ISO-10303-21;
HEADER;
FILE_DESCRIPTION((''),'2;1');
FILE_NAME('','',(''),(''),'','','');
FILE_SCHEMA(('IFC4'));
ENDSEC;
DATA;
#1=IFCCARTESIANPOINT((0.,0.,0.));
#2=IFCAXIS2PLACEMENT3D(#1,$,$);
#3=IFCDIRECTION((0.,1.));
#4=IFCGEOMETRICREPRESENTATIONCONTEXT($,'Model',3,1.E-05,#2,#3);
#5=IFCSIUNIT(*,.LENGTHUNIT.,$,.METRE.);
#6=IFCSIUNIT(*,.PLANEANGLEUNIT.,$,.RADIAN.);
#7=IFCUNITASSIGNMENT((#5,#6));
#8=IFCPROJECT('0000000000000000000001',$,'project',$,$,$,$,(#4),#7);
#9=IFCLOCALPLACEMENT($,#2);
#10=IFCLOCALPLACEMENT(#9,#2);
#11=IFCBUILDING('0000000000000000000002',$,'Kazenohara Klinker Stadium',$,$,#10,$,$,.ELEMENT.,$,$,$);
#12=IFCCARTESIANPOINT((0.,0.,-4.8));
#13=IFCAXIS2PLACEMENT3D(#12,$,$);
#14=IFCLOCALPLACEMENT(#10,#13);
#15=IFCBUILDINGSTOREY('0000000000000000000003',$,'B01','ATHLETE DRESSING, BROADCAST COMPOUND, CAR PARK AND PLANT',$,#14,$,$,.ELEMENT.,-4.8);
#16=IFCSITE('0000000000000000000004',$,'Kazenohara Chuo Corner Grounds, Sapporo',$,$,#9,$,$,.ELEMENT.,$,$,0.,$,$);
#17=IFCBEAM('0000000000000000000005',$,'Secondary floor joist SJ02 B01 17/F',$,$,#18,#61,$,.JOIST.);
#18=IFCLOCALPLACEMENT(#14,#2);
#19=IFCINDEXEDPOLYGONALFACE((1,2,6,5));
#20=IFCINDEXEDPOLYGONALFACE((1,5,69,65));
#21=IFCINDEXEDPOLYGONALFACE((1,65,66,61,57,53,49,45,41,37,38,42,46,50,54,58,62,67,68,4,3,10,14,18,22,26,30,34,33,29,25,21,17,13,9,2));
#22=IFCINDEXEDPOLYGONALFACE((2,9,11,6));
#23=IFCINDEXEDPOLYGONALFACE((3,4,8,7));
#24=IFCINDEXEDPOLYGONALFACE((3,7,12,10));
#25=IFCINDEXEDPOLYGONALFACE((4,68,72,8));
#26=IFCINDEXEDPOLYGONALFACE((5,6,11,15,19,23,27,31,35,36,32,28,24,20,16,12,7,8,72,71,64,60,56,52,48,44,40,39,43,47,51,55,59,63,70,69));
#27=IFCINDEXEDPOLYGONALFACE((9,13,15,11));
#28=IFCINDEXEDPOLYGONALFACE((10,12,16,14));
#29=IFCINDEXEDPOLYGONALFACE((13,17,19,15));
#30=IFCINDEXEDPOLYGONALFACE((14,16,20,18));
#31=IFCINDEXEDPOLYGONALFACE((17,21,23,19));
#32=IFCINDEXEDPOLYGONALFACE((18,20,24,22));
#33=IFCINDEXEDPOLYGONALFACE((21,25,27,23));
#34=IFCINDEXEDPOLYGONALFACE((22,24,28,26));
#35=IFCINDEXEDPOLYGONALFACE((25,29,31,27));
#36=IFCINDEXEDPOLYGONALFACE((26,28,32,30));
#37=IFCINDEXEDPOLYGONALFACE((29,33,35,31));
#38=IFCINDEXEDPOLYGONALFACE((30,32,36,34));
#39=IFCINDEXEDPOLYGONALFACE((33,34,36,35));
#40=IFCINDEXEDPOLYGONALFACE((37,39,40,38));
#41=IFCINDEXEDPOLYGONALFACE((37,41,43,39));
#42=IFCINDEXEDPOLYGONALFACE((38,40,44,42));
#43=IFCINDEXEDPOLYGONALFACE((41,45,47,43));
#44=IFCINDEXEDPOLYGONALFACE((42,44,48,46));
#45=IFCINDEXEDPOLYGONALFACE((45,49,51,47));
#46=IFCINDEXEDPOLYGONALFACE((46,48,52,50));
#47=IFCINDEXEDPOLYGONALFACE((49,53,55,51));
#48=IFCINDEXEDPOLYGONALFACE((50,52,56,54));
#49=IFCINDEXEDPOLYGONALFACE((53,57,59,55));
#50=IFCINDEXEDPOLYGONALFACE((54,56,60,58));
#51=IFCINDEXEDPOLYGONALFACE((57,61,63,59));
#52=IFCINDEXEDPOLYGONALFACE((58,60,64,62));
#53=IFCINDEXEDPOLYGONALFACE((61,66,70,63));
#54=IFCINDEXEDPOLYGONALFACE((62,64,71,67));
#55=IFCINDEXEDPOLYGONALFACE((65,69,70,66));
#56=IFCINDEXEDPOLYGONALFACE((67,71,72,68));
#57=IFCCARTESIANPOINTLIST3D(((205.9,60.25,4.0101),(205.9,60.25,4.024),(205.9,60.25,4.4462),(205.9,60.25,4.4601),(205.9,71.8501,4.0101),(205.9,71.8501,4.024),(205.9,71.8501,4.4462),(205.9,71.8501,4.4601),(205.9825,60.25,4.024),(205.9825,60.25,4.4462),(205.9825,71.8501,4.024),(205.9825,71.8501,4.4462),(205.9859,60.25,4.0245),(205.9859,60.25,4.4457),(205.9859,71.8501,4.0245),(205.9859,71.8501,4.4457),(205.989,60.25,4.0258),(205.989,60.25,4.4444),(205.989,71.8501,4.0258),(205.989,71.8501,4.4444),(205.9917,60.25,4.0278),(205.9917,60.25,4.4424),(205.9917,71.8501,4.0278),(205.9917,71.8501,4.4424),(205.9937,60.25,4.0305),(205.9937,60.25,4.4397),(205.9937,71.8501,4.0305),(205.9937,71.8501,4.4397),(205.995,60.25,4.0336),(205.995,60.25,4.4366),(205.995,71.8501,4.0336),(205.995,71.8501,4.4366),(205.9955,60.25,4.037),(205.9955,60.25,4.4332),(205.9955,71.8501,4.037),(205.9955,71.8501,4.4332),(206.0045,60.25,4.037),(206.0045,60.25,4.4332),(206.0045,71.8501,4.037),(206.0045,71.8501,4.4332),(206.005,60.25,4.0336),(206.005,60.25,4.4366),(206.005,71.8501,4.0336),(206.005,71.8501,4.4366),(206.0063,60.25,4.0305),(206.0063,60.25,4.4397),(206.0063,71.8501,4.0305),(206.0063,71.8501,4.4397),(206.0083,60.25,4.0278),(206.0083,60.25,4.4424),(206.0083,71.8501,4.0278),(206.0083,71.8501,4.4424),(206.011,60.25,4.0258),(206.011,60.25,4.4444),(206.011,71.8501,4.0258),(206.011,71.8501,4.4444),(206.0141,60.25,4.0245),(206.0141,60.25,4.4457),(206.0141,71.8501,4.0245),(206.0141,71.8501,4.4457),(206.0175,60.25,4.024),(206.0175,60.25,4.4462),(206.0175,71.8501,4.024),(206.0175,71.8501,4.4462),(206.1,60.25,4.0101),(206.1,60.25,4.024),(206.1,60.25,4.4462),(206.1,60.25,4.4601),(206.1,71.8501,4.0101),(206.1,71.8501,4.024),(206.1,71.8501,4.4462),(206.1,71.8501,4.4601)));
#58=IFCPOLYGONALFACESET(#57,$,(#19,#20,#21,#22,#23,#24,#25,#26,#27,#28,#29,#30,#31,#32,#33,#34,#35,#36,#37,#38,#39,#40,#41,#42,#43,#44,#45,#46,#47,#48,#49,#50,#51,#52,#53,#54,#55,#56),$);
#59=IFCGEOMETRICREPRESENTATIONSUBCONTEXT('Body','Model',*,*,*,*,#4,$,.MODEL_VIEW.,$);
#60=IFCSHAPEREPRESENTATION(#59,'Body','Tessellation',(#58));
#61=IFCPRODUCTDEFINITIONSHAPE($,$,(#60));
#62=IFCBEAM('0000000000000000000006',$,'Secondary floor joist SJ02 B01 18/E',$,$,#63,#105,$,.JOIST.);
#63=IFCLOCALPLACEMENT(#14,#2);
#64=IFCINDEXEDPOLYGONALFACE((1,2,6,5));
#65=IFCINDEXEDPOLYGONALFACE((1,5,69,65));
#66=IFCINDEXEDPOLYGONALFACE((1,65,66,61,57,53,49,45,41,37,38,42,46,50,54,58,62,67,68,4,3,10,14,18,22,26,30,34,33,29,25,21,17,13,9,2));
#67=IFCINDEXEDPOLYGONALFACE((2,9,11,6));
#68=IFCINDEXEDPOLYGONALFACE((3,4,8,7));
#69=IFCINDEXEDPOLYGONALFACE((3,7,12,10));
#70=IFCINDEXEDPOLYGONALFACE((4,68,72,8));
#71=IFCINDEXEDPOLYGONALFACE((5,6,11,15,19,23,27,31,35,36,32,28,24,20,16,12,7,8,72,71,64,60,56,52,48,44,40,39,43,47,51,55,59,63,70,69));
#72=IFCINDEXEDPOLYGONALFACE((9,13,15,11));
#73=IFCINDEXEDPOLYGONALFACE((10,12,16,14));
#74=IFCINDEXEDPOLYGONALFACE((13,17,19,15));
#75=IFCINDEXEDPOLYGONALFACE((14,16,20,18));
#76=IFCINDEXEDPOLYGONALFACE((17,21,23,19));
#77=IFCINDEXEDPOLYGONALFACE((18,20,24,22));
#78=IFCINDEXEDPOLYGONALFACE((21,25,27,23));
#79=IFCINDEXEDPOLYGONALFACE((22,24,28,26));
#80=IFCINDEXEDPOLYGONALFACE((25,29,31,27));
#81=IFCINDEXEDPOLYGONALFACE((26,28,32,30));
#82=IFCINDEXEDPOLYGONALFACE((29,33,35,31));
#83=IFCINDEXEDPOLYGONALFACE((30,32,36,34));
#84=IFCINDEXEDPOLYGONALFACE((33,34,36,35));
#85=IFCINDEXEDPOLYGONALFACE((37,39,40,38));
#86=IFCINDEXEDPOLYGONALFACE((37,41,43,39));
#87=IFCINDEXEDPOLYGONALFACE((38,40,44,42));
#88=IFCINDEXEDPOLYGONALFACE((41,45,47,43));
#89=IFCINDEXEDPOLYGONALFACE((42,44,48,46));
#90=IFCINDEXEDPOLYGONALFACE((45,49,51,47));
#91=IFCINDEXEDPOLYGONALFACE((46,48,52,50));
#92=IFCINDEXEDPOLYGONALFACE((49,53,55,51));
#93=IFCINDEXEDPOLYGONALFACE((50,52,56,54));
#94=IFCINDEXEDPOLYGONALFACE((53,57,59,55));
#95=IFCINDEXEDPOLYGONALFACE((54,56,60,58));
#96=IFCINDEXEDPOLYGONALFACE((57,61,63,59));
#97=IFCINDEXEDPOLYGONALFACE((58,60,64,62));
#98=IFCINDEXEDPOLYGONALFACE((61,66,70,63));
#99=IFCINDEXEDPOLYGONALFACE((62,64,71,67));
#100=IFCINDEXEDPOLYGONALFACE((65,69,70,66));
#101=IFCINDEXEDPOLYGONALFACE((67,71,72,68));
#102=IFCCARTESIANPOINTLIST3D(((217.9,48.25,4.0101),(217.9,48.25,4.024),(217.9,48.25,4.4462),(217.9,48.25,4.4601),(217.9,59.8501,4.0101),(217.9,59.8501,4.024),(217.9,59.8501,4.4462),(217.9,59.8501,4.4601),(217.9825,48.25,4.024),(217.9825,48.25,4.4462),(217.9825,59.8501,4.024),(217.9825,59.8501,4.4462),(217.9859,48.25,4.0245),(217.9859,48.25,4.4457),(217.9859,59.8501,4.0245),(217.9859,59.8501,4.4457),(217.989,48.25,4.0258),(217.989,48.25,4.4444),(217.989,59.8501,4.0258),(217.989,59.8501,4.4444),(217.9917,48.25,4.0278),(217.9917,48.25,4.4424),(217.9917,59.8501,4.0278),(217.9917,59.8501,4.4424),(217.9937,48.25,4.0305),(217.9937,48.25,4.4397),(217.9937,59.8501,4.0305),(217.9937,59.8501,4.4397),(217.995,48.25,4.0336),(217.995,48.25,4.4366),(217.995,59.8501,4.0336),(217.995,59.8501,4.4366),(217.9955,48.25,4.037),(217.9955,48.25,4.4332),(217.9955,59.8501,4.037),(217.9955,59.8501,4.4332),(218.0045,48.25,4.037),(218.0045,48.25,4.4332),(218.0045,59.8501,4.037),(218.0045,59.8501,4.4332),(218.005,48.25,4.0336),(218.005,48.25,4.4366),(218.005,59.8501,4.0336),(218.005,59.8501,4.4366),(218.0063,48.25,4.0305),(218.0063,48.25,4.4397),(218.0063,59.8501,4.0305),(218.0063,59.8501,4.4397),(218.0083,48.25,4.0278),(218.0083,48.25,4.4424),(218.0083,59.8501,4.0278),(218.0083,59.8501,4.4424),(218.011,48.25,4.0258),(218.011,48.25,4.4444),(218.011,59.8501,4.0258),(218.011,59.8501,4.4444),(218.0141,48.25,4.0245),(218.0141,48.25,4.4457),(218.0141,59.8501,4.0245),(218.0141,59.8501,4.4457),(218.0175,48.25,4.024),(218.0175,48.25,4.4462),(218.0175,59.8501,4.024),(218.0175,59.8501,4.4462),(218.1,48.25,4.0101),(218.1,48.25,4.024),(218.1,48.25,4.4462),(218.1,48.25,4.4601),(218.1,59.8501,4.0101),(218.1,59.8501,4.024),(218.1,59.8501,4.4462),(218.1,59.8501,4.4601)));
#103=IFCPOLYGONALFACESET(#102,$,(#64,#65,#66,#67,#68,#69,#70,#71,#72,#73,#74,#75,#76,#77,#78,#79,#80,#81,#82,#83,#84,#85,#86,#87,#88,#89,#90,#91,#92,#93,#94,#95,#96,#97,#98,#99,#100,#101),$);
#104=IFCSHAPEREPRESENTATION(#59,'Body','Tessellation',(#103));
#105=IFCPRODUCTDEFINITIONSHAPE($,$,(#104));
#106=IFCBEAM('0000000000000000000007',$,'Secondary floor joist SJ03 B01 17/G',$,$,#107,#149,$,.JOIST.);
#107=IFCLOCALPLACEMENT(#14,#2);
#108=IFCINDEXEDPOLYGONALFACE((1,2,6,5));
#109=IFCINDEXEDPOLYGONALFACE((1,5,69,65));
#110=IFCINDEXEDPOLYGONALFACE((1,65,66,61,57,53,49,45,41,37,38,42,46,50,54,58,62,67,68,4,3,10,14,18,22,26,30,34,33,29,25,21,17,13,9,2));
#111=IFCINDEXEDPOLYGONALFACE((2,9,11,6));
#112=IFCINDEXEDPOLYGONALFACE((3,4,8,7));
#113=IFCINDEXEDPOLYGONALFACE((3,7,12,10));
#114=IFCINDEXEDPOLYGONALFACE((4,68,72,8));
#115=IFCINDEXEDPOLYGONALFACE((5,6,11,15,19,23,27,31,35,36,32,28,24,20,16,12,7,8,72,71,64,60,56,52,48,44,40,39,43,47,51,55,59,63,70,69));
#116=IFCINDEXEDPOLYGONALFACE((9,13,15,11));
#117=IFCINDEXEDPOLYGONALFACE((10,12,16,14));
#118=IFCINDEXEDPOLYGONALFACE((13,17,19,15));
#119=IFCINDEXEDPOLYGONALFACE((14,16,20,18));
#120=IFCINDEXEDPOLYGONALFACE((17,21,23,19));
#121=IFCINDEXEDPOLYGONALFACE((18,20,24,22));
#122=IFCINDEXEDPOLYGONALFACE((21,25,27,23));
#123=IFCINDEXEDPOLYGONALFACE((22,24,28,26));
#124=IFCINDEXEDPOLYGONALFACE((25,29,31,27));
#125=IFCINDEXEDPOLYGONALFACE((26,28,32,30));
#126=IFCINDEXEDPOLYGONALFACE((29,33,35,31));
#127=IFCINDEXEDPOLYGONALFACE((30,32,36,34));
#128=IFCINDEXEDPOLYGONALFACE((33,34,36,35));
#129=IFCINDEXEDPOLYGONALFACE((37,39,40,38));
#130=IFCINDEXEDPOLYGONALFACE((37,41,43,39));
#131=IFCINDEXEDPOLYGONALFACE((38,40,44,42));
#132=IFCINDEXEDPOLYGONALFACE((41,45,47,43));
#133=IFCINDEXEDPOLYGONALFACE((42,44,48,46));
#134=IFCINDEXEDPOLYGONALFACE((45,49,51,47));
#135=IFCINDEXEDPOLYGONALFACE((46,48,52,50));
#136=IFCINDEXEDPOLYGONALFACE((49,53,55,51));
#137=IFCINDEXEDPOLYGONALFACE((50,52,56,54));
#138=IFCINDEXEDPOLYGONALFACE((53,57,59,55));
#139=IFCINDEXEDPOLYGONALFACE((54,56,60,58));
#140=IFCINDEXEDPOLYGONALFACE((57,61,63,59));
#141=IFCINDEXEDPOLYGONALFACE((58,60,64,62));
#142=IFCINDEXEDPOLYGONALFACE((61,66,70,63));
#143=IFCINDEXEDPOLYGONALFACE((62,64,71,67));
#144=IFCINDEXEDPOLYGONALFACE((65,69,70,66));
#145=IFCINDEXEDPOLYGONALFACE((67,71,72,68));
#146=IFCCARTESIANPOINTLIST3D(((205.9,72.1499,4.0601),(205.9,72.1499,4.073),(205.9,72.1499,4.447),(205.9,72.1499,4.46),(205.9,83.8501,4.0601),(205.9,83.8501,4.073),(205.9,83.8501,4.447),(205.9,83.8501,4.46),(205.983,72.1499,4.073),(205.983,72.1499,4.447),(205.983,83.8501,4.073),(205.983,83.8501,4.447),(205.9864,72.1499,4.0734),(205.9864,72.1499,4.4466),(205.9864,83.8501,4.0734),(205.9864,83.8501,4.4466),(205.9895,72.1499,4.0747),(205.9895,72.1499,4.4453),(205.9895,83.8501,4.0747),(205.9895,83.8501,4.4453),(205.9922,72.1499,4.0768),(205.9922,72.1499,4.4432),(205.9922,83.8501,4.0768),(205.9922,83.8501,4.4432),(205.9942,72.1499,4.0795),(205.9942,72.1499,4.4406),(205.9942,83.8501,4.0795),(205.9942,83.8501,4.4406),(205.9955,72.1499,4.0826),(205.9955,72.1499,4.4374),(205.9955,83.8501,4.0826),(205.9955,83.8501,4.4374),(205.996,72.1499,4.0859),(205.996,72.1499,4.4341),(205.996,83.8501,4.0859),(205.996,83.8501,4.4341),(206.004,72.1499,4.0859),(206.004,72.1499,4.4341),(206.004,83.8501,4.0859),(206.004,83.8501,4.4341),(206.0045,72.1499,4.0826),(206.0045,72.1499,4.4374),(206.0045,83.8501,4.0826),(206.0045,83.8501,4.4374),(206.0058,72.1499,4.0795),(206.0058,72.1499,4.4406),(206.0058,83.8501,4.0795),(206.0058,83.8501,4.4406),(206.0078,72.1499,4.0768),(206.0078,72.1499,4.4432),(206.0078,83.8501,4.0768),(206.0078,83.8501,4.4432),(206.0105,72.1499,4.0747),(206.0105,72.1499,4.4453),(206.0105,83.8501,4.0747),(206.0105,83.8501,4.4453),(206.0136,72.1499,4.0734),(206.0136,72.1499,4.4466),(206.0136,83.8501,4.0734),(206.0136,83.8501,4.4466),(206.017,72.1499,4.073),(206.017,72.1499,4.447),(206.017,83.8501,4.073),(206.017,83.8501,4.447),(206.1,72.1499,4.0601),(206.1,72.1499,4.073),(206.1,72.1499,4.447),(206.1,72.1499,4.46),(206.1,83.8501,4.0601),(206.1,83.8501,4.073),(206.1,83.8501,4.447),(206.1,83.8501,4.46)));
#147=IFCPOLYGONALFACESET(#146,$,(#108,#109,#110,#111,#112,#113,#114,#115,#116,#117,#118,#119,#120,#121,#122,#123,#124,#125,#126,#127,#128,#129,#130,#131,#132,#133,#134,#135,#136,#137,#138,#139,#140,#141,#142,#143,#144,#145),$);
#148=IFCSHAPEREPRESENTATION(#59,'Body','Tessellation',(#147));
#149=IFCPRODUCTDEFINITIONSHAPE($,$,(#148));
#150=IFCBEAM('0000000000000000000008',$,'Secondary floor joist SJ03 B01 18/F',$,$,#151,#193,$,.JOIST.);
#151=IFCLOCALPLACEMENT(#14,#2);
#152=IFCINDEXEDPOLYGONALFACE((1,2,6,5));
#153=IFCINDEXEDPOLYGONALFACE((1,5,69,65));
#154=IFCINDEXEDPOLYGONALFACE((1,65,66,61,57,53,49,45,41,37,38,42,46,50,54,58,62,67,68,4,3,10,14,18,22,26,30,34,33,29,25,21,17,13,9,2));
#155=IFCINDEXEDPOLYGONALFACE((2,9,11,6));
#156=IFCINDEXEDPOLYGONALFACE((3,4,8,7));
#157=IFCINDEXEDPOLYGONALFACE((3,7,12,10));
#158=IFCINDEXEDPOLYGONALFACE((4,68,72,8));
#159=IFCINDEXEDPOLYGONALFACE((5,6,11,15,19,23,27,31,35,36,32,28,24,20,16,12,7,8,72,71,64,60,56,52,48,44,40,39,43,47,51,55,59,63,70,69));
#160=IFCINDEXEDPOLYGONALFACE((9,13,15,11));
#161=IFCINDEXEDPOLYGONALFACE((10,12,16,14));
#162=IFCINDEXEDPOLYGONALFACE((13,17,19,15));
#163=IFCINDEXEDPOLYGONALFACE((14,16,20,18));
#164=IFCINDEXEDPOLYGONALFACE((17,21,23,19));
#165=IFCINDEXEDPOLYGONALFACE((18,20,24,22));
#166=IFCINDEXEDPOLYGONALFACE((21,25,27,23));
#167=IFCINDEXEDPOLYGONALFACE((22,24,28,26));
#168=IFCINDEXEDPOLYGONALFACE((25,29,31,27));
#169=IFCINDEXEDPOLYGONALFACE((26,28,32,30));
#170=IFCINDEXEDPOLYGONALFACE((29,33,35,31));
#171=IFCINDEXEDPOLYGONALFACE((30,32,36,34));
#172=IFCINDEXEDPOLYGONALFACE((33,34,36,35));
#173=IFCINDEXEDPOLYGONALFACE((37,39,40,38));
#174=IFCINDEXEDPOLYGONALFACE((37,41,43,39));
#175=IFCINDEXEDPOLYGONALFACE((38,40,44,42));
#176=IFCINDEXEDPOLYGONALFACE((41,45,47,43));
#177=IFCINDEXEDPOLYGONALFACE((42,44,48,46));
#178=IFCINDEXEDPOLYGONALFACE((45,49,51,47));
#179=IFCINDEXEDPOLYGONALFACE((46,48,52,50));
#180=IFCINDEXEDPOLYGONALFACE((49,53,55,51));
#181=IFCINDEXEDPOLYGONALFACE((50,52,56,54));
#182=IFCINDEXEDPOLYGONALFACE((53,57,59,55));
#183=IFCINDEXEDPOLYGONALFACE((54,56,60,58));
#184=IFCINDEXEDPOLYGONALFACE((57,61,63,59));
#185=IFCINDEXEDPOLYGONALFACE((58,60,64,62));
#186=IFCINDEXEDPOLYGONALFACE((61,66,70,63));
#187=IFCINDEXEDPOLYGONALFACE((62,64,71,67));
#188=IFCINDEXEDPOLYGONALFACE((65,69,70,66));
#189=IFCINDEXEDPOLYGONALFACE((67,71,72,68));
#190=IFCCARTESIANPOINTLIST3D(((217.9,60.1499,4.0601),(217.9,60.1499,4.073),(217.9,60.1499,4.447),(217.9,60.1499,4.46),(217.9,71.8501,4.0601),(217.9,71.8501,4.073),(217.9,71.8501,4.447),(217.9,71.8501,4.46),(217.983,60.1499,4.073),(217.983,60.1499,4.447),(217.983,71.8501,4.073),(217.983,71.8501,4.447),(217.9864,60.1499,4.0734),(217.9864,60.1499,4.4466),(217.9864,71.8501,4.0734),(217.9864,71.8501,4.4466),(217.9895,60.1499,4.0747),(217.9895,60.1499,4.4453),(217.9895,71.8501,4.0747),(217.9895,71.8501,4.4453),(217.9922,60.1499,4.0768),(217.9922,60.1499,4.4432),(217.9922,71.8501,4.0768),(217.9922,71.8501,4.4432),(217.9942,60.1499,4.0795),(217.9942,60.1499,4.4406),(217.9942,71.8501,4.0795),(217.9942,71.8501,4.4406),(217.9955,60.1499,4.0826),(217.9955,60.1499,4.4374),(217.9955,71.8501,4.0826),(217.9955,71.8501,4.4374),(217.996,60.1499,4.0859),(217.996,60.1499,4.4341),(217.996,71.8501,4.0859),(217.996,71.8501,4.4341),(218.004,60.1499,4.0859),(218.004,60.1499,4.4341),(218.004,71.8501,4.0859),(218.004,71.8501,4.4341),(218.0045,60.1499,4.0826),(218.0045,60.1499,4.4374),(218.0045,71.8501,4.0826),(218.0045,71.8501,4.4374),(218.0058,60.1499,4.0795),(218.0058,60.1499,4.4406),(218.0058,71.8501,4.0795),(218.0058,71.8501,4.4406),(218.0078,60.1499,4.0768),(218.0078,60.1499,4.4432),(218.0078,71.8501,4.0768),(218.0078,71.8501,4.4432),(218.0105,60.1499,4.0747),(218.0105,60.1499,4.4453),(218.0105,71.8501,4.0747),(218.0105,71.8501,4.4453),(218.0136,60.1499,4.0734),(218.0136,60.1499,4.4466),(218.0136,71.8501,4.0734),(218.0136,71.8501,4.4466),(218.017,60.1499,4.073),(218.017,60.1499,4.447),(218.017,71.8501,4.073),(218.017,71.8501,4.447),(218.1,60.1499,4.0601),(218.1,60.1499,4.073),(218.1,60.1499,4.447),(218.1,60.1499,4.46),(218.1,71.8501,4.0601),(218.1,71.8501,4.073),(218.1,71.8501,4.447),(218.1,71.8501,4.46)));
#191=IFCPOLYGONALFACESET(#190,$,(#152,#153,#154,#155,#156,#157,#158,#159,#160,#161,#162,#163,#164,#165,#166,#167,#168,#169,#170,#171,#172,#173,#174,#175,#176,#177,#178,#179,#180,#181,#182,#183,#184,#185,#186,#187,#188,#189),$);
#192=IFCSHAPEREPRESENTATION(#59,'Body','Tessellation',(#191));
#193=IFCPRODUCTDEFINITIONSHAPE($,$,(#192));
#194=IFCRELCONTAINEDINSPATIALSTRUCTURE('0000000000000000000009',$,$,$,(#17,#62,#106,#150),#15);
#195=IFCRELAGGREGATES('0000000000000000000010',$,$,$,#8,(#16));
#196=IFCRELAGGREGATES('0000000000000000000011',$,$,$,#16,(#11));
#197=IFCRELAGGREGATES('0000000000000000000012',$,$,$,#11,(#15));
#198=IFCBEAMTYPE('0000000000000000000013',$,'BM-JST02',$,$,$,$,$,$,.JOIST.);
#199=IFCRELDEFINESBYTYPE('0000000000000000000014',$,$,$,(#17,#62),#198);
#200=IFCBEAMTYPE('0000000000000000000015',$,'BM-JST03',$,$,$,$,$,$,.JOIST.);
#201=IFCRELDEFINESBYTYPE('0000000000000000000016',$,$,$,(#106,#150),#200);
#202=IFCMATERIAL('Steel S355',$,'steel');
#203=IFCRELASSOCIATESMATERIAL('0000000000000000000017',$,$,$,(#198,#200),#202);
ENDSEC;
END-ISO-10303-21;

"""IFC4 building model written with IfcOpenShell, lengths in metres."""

from ifc_helpers import new_model, si_unit, direction, frame, origin, origin_2d, place, context, subcontext, project, spatial, i_section, extrude, material, material_profile, profile_set, type_object, element, save


model = new_model("IFC4")

# Units and contexts
model_context = context("Model", 3, precision=1e-05, world=origin(), true_north=direction((0.0, 1.0)))
body_context = subcontext(model_context, "Body", "Model", "MODEL_VIEW")
ifc_project = project(units=[si_unit("LENGTHUNIT", "METRE"), si_unit("PLANEANGLEUNIT", "RADIAN")], contexts=[model_context])

# Site, building, storey
site_placement = place(None, origin())
site = spatial("IfcSite", under=ifc_project, at=site_placement, Name="Kazenohara Chuo Corner Grounds, Sapporo", CompositionType="ELEMENT", RefElevation=0.0)
building_placement = place(site_placement, origin())
building = spatial("IfcBuilding", under=site, at=building_placement, Name="Kazenohara Klinker Stadium", CompositionType="ELEMENT")
storey_placement = place(building_placement, frame((0.0, 0.0, -4.8)))
storey = spatial("IfcBuildingStorey", under=building, at=storey_placement, Name="B01", Description="ATHLETE DRESSING, BROADCAST COMPOUND, CAR PARK AND PLANT", CompositionType="ELEMENT", Elevation=-4.8)

# Beams
ifc_material_1 = material(Name="Steel S355", Category="steel")
ifc_material_profile_1 = material_profile(ifc_material_1, i_section(OverallWidth=0.2, OverallDepth=0.45, WebThickness=0.009, FlangeThickness=0.0139, FilletRadius=0.0129, at=origin_2d()), Name="H-450x200x9x14")
ifc_profile_set_1 = profile_set([ifc_material_profile_1], Name="Steel S355")
beam_type_1 = type_object("IfcBeamType", Name="BM-JST02", PredefinedType="JOIST", material=ifc_profile_set_1)
for number, where, z_axis, x_axis, name in (
    (1, (206.0, 60.25, 4.2351), (0.0, 1.0, 0.0), (-1.0, 0.0, 0.0), "Secondary floor joist SJ02 B01 17/F"),
    (2, (218.0, 48.25, 4.2351), (0.0, 1.0, 0.0), (-1.0, 0.0, 0.0), "Secondary floor joist SJ02 B01 18/E"),
):
    element("IfcBeam", number, at=place(storey_placement, frame(where, z_axis=z_axis, x_axis=x_axis)), inside=storey, type_object=beam_type_1, Name=name, PredefinedType="JOIST", context=body_context, shape_type="SweptSolid", body=[
        extrude(i_section(OverallWidth=0.2, OverallDepth=0.45, WebThickness=0.009, FlangeThickness=0.0139, FilletRadius=0.0129, at=origin_2d()), origin(), (0.0, 0.0, 1.0), 11.6001),
    ])
ifc_material_profile_2 = material_profile(ifc_material_1, i_section(OverallWidth=0.2, OverallDepth=0.3999, WebThickness=0.0081, FlangeThickness=0.0129, FilletRadius=0.0129, at=origin_2d()), Name="H-400x200x8x13")
ifc_profile_set_2 = profile_set([ifc_material_profile_2], Name="Steel S355")
beam_type_2 = type_object("IfcBeamType", Name="BM-JST03", PredefinedType="JOIST", material=ifc_profile_set_2)
for number, where, z_axis, x_axis, name in (
    (3, (206.0, 72.1499, 4.26), (0.0, 1.0, 0.0), (-1.0, 0.0, 0.0), "Secondary floor joist SJ03 B01 17/G"),
    (4, (218.0, 60.1499, 4.26), (0.0, 1.0, 0.0), (-1.0, 0.0, 0.0), "Secondary floor joist SJ03 B01 18/F"),
):
    element("IfcBeam", number, at=place(storey_placement, frame(where, z_axis=z_axis, x_axis=x_axis)), inside=storey, type_object=beam_type_2, Name=name, PredefinedType="JOIST", context=body_context, shape_type="SweptSolid", body=[
        extrude(i_section(OverallWidth=0.2, OverallDepth=0.3999, WebThickness=0.0081, FlangeThickness=0.0129, FilletRadius=0.0129, at=origin_2d()), origin(), (0.0, 0.0, 1.0), 11.7002),
    ])

save(model, "model.ifc")
